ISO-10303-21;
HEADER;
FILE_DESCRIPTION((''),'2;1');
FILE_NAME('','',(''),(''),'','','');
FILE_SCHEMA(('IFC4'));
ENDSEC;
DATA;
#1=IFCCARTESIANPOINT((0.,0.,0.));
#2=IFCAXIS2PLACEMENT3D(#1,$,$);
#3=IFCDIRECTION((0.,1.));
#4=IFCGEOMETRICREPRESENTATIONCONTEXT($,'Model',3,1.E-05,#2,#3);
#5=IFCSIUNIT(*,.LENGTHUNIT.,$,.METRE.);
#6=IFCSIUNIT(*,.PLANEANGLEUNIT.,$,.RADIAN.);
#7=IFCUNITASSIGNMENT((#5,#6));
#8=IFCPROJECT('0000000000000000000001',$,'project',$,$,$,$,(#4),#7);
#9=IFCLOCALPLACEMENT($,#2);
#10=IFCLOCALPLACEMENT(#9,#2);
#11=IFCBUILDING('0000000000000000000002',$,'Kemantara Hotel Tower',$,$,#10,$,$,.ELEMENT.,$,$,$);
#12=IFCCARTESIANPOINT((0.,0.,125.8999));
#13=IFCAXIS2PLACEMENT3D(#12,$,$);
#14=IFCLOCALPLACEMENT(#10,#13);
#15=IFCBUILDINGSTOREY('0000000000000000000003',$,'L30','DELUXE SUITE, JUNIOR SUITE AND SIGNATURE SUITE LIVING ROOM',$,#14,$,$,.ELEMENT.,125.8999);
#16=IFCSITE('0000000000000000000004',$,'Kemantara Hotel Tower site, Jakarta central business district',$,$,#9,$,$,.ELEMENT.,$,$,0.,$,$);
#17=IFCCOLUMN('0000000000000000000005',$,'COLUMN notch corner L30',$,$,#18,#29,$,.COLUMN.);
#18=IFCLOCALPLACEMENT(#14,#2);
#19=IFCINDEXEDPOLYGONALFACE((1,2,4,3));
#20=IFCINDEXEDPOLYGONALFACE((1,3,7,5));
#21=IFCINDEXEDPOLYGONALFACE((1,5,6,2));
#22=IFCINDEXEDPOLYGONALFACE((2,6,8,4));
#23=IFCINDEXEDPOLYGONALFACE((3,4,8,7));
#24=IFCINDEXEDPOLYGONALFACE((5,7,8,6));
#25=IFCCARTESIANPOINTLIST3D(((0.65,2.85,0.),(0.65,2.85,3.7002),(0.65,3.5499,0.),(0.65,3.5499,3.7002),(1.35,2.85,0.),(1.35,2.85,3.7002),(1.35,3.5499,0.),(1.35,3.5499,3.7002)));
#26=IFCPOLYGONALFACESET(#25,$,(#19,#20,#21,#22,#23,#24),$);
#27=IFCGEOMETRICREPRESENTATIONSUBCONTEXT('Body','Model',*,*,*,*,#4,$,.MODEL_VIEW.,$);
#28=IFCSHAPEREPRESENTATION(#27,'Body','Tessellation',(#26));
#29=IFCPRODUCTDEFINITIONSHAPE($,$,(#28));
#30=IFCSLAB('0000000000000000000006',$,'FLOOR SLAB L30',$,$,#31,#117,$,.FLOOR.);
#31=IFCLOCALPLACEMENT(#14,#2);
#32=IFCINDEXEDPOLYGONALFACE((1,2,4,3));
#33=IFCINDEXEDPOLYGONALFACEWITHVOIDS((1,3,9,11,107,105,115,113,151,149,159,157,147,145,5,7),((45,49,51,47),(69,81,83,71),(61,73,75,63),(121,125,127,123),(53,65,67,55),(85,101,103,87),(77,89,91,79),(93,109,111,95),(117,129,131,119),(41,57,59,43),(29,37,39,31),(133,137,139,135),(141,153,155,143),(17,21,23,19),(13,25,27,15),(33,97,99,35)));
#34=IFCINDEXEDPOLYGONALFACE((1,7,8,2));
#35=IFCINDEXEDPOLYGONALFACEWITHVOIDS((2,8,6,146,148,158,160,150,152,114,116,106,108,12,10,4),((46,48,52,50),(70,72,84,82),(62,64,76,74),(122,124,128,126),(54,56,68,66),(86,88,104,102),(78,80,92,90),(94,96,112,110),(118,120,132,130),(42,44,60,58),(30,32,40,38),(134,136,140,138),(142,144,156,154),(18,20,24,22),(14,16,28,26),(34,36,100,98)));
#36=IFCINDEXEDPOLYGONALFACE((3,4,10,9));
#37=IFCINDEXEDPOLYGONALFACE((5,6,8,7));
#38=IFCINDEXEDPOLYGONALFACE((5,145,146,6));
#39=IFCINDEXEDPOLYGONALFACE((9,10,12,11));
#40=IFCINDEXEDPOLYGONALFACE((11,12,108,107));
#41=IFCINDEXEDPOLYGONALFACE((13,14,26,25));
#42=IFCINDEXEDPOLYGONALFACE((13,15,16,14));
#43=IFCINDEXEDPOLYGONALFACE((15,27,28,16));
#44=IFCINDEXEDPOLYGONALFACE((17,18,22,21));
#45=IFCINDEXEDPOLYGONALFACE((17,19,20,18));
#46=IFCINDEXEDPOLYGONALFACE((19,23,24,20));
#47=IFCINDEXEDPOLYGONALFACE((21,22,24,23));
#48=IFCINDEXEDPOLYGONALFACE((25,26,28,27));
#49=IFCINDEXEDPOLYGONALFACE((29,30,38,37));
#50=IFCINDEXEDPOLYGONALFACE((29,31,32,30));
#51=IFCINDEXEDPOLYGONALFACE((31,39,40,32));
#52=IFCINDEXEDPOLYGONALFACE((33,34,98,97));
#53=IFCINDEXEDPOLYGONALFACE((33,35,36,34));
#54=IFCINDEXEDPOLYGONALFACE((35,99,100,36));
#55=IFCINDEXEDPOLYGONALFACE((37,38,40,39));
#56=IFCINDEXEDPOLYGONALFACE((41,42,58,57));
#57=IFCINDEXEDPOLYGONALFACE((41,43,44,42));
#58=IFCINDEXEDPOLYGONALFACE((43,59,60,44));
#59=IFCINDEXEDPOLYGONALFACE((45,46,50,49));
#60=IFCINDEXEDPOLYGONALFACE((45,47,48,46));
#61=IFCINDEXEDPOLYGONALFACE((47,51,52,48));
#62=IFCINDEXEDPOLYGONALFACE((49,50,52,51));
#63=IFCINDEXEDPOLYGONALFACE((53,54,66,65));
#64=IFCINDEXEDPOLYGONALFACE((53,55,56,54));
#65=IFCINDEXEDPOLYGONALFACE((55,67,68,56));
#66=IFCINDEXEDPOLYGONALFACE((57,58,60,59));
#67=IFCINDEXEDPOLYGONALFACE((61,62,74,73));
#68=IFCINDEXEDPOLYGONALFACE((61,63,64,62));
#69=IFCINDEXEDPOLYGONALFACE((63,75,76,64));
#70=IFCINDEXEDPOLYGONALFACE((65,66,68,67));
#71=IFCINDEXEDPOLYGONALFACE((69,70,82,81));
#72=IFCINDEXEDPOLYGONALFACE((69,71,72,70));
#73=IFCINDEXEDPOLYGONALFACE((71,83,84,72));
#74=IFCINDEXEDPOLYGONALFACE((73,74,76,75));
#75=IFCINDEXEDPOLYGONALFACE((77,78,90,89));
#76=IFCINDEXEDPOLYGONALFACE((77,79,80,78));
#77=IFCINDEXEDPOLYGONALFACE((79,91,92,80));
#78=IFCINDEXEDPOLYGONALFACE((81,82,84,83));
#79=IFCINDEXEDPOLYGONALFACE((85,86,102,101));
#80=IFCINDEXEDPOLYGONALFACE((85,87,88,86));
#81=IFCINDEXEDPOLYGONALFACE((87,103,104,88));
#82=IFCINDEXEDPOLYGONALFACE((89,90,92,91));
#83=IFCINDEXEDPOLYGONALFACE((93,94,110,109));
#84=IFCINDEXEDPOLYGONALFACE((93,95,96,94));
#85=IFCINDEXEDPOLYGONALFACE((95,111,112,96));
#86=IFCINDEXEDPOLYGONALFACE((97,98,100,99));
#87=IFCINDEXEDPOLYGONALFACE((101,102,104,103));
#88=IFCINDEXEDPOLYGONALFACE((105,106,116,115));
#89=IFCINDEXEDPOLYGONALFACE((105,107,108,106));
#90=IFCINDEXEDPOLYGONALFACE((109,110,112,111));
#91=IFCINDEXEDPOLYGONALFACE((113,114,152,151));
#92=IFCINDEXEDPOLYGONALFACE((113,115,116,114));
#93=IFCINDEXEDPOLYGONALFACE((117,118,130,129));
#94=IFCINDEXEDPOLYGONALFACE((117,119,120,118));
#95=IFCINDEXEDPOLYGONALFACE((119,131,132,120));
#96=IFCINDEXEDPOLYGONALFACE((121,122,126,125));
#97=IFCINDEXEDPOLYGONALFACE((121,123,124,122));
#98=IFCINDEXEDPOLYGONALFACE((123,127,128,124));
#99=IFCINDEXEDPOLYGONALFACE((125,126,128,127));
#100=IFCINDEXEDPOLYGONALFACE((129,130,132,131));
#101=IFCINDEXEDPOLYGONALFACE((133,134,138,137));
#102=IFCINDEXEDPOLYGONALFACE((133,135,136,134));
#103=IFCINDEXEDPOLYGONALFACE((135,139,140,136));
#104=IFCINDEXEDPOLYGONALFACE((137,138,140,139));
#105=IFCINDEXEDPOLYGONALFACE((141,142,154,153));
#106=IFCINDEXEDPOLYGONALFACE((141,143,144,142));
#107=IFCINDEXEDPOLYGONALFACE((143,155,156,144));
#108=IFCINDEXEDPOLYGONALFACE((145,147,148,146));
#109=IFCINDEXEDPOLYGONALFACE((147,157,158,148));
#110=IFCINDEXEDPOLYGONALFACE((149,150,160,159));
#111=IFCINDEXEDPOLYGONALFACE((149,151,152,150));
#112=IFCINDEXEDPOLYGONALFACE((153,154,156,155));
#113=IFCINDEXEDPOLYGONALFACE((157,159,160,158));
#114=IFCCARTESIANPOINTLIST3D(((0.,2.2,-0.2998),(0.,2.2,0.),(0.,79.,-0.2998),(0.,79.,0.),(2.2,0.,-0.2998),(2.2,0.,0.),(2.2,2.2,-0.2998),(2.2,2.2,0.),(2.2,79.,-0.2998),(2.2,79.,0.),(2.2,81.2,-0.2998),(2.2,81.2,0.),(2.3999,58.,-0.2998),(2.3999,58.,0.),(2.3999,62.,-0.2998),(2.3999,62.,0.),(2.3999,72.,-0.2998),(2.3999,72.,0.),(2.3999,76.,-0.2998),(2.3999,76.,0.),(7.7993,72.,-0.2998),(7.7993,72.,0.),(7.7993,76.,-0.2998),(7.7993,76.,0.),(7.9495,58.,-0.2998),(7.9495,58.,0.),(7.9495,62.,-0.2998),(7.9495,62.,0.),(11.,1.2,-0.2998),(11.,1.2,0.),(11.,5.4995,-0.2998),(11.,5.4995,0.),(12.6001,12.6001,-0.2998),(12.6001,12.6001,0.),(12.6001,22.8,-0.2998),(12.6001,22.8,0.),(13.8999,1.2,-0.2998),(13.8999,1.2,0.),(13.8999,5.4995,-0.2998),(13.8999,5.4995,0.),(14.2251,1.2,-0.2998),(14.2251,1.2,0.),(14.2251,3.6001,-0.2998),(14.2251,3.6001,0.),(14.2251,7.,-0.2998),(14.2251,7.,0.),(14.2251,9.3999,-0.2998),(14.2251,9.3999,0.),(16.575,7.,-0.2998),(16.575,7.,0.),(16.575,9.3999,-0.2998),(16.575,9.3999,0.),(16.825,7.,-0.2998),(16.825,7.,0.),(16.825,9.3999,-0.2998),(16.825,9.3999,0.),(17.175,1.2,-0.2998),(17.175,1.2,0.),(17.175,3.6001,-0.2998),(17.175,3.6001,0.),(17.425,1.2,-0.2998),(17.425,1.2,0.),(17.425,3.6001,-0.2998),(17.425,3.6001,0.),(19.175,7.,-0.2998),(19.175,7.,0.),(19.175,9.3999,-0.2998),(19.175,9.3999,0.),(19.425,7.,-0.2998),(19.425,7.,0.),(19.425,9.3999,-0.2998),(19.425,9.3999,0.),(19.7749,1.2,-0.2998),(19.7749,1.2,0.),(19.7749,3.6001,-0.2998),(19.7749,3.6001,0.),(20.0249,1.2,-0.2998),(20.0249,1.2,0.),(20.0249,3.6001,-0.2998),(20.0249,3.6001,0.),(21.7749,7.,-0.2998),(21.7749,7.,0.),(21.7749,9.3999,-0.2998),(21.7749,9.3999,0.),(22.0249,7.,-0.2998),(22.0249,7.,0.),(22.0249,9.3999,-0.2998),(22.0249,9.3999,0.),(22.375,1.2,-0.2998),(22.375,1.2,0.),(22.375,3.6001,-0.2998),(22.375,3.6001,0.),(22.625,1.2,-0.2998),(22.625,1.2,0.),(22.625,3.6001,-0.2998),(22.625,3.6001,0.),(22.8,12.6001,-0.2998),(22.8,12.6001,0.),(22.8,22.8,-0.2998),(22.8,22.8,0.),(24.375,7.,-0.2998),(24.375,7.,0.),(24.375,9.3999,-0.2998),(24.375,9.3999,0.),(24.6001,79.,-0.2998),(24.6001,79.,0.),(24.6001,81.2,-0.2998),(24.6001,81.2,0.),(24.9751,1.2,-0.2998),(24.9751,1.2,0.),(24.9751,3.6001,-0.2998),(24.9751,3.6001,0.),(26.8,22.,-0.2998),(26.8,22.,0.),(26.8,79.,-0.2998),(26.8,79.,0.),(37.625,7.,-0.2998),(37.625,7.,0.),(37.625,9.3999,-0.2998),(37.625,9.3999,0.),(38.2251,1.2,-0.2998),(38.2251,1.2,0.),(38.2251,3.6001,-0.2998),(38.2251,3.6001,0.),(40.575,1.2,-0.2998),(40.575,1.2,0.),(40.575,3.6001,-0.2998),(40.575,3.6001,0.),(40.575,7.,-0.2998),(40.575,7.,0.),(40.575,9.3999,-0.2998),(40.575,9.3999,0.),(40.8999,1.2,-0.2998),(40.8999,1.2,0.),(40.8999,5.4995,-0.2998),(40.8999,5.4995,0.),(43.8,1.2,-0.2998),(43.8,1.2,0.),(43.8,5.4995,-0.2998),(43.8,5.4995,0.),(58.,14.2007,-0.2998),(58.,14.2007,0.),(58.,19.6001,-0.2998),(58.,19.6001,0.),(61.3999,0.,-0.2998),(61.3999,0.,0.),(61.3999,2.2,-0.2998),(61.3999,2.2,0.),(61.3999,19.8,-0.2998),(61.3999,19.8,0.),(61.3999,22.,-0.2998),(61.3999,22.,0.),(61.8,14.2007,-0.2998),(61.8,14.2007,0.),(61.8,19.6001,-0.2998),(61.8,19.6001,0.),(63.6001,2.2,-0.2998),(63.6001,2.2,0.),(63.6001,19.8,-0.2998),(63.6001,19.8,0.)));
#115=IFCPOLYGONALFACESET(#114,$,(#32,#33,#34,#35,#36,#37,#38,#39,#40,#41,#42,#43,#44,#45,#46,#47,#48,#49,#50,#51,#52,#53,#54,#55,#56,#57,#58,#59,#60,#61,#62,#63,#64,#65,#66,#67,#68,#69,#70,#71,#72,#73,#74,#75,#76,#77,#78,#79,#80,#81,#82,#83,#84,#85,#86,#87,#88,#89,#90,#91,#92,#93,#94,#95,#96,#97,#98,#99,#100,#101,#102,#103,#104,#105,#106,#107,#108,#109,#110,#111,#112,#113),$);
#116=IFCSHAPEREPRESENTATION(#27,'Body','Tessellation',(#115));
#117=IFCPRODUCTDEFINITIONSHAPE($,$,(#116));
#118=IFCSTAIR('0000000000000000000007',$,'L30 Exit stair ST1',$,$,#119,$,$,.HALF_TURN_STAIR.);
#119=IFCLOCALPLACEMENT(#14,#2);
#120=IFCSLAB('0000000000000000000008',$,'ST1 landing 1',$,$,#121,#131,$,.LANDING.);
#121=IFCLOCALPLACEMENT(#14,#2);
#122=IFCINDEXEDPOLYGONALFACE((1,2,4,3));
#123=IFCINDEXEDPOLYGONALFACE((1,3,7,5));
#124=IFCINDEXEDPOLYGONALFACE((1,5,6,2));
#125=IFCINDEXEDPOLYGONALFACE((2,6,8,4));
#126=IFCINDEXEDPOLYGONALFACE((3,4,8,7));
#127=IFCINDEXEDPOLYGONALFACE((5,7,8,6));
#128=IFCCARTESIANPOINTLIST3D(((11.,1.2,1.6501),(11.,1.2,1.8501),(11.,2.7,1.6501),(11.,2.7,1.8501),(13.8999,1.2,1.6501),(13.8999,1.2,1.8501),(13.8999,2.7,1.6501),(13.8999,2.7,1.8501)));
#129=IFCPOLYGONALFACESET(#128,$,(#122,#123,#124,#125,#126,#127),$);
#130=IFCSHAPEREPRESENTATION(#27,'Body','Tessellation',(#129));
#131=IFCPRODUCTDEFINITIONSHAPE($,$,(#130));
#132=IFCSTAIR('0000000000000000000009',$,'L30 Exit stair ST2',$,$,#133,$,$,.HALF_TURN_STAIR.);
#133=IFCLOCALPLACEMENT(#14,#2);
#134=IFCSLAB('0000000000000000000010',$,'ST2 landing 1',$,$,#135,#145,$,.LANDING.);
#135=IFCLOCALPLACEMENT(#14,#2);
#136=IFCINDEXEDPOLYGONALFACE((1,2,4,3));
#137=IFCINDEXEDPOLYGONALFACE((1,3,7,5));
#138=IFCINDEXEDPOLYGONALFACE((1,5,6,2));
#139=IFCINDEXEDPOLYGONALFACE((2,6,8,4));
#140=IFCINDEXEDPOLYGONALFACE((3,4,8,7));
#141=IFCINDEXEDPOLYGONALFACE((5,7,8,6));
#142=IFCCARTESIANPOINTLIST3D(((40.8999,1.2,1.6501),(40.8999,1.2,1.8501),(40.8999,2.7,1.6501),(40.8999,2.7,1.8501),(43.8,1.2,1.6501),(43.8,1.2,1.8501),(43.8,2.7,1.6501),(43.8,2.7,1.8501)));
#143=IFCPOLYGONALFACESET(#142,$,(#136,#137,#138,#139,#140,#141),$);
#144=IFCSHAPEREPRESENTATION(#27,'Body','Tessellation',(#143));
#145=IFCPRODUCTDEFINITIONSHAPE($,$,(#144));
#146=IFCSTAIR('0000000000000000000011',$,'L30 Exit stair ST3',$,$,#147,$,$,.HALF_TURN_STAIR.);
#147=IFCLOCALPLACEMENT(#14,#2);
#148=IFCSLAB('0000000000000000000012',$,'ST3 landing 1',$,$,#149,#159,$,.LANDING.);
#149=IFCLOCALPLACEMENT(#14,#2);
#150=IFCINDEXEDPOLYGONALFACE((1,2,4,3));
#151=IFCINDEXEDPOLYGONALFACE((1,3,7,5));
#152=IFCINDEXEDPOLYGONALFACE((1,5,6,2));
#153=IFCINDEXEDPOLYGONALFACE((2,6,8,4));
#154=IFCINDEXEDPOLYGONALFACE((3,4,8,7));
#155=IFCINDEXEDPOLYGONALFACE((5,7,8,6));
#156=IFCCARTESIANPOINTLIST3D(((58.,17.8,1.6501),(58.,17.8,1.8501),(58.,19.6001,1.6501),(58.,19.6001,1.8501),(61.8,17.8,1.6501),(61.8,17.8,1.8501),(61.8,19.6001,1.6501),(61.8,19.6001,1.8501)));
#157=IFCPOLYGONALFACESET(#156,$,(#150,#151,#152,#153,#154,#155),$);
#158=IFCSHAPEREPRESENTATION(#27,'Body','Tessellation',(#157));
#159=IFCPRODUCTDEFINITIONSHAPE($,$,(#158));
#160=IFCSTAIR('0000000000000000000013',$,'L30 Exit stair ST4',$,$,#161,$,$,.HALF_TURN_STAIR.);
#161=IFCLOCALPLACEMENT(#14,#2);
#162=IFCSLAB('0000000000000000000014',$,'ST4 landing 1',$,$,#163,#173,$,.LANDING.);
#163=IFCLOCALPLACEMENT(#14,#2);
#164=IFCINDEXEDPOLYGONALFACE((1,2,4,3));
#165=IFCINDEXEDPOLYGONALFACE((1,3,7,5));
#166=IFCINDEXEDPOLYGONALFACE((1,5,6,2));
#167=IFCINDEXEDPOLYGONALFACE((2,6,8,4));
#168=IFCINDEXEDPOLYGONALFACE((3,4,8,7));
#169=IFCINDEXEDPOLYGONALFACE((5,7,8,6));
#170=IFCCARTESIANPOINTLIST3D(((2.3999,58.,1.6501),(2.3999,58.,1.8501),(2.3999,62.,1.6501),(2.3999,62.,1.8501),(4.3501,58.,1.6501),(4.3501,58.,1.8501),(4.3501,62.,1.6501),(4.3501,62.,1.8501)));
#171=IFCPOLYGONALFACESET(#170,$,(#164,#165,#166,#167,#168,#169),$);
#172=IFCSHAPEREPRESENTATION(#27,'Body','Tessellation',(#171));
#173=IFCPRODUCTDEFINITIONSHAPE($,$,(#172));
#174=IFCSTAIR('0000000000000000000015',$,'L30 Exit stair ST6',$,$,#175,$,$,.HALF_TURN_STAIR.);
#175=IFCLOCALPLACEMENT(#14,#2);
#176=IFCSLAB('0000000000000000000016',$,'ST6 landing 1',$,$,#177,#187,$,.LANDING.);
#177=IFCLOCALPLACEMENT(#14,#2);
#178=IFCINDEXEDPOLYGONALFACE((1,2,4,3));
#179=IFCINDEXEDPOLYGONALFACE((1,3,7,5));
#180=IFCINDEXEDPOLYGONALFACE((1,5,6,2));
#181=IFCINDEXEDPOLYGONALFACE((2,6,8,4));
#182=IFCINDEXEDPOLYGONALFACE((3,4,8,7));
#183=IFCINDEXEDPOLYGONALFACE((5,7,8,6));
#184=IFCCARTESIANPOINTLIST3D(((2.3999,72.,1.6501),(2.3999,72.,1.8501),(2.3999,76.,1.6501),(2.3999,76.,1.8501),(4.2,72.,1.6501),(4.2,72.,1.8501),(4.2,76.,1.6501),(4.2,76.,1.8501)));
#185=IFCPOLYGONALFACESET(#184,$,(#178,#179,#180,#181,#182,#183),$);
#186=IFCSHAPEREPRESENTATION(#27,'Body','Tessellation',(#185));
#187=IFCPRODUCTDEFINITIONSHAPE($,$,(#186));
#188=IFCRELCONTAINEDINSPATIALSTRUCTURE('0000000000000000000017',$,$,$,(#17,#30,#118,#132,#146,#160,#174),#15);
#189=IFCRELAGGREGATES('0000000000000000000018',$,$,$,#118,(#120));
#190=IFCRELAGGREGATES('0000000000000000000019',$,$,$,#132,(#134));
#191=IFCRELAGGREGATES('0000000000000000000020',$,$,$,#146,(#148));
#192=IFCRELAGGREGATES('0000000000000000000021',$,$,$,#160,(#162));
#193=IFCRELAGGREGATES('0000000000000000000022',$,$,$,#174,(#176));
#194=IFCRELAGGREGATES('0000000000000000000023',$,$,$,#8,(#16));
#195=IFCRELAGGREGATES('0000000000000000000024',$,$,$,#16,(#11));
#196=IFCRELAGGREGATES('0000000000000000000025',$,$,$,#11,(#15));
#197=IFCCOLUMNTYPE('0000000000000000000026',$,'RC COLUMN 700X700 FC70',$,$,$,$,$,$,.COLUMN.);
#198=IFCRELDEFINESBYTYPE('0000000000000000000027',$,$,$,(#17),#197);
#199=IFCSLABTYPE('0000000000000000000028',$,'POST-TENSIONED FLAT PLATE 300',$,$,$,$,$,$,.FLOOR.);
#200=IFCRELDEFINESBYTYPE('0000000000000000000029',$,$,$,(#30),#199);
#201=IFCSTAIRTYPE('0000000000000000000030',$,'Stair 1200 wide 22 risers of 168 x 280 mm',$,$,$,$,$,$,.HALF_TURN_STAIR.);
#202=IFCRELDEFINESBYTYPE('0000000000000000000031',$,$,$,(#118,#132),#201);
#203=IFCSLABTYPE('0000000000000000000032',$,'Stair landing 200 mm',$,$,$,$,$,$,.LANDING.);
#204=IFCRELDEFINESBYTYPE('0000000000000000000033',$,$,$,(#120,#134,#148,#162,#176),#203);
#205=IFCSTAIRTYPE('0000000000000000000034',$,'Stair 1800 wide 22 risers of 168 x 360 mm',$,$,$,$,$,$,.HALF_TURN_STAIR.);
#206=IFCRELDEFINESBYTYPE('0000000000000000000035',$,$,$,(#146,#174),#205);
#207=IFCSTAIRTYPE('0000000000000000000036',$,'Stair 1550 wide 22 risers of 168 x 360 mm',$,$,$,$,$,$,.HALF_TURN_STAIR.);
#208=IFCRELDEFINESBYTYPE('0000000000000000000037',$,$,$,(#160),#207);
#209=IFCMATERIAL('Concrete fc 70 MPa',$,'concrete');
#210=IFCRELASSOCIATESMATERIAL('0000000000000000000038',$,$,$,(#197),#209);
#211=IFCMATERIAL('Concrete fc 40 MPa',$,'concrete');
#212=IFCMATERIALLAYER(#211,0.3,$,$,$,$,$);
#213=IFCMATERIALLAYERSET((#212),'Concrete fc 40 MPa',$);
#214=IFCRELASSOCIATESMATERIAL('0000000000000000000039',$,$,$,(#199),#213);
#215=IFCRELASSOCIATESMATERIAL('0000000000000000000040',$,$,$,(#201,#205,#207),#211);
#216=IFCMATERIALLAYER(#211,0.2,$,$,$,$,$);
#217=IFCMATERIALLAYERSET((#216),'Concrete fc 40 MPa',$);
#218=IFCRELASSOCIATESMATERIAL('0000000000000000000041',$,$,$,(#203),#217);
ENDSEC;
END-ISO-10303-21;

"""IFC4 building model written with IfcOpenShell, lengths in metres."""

from ifc_helpers import new_model, si_unit, direction, frame, origin, origin_2d, place, context, subcontext, project, spatial, polyline, rectangle, outline, extrude, material, layer, layer_set, material_profile, profile_set, type_object, element, aggregate, save


model = new_model("IFC4")

# Units and contexts
model_context = context("Model", 3, precision=1e-05, world=origin(), true_north=direction((0.0, 1.0)))
body_context = subcontext(model_context, "Body", "Model", "MODEL_VIEW")
ifc_project = project(units=[si_unit("LENGTHUNIT", "METRE"), si_unit("PLANEANGLEUNIT", "RADIAN")], contexts=[model_context])

# Site, building, storey
site_placement = place(None, origin())
site = spatial("IfcSite", under=ifc_project, at=site_placement, Name="Kemantara Hotel Tower site, Jakarta central business district", CompositionType="ELEMENT", RefElevation=0.0)
building_placement = place(site_placement, origin())
building = spatial("IfcBuilding", under=site, at=building_placement, Name="Kemantara Hotel Tower", CompositionType="ELEMENT")
storey_placement = place(building_placement, frame((0.0, 0.0, 125.8999)))
storey = spatial("IfcBuildingStorey", under=building, at=storey_placement, Name="L30", Description="DELUXE SUITE, JUNIOR SUITE AND SIGNATURE SUITE LIVING ROOM", CompositionType="ELEMENT", Elevation=125.8999)

# Column
ifc_material_1 = material(Name="Concrete fc 70 MPa", Category="concrete")
ifc_material_profile = material_profile(ifc_material_1, rectangle(XDim=0.7, YDim=0.7, at=origin_2d()), Name="RC 700X700")
ifc_profile_set = profile_set([ifc_material_profile], Name="Concrete fc 70 MPa")
column_type = type_object("IfcColumnType", Name="RC COLUMN 700X700 FC70", PredefinedType="COLUMN", material=ifc_profile_set)
column_placement = place(storey_placement, frame((1.0, 3.2, 0.0), z_axis=(0.0, 0.0, 1.0), x_axis=(1.0, 0.0, 0.0)))
element("IfcColumn", 1, at=column_placement, inside=storey, type_object=column_type, Name="COLUMN notch corner L30", PredefinedType="COLUMN", context=body_context, shape_type="SweptSolid", body=[
    extrude(rectangle(XDim=0.7, YDim=0.7, at=origin_2d()), origin(), (0.0, 0.0, 1.0), 3.7002),
])

# Slab
ifc_material_2 = material(Name="Concrete fc 40 MPa", Category="concrete")
ifc_layer_1 = layer(ifc_material_2, 0.3)
ifc_layer_set_1 = layer_set([ifc_layer_1], Name="Concrete fc 40 MPa")
slab_type_1 = type_object("IfcSlabType", Name="POST-TENSIONED FLAT PLATE 300", PredefinedType="FLOOR", material=ifc_layer_set_1)
slab_1_placement = place(storey_placement, frame((0.0, 0.0, -0.2998)))
element("IfcSlab", 2, at=slab_1_placement, inside=storey, type_object=slab_type_1, Name="FLOOR SLAB L30", PredefinedType="FLOOR", context=body_context, shape_type="SweptSolid", body=[
    extrude(outline(polyline([(26.8, 79.0), (24.6001, 79.0), (24.6001, 81.2), (2.2, 81.2), (2.2, 79.0), (0.0, 79.0), (0.0, 2.2), (2.2, 2.2), (2.2, 0.0), (61.3999, 0.0), (61.3999, 2.2), (63.6001, 2.2), (63.6001, 19.8), (61.3999, 19.8), (61.3999, 22.0), (26.8, 22.0), (26.8, 79.0)]), holes=[polyline([(17.175, 1.2), (14.2251, 1.2), (14.2251, 3.6001), (17.175, 3.6001), (17.175, 1.2)]), polyline([(19.7749, 1.2), (17.425, 1.2), (17.425, 3.6001), (19.7749, 3.6001), (19.7749, 1.2)]), polyline([(11.0, 1.2), (11.0, 5.4995), (13.8999, 5.4995), (13.8999, 1.2), (11.0, 1.2)]), polyline([(16.575, 7.0), (14.2251, 7.0), (14.2251, 9.3999), (16.575, 9.3999), (16.575, 7.0)]), polyline([(19.175, 7.0), (16.825, 7.0), (16.825, 9.3999), (19.175, 9.3999), (19.175, 7.0)]), polyline([(22.8, 12.6001), (12.6001, 12.6001), (12.6001, 22.8), (22.8, 22.8), (22.8, 12.6001)]), polyline([(2.3999, 62.0), (7.9495, 62.0), (7.9495, 58.0), (2.3999, 58.0), (2.3999, 62.0)]), polyline([(2.3999, 76.0), (7.7993, 76.0), (7.7993, 72.0), (2.3999, 72.0), (2.3999, 76.0)]), polyline([(22.375, 1.2), (20.0249, 1.2), (20.0249, 3.6001), (22.375, 3.6001), (22.375, 1.2)]), polyline([(24.9751, 1.2), (22.625, 1.2), (22.625, 3.6001), (24.9751, 3.6001), (24.9751, 1.2)]), polyline([(40.575, 1.2), (38.2251, 1.2), (38.2251, 3.6001), (40.575, 3.6001), (40.575, 1.2)]), polyline([(40.8999, 1.2), (40.8999, 5.4995), (43.8, 5.4995), (43.8, 1.2), (40.8999, 1.2)]), polyline([(21.7749, 7.0), (19.425, 7.0), (19.425, 9.3999), (21.7749, 9.3999), (21.7749, 7.0)]), polyline([(24.375, 7.0), (22.0249, 7.0), (22.0249, 9.3999), (24.375, 9.3999), (24.375, 7.0)]), polyline([(40.575, 7.0), (37.625, 7.0), (37.625, 9.3999), (40.575, 9.3999), (40.575, 7.0)]), polyline([(61.8, 19.6001), (61.8, 14.2007), (58.0, 14.2007), (58.0, 19.6001), (61.8, 19.6001)])]), origin(), (0.0, 0.0, 1.0), 0.2998),
])

# Stairs, slabs
stair_type_1 = type_object("IfcStairType", Name="Stair 1200 wide 22 risers of 168 x 280 mm", PredefinedType="HALF_TURN_STAIR", material=ifc_material_2)
stair_1_placement = place(storey_placement, origin())
stair_1 = element("IfcStair", 3, at=stair_1_placement, inside=storey, type_object=stair_type_1, Name="L30 Exit stair ST1", PredefinedType="HALF_TURN_STAIR")
ifc_layer_2 = layer(ifc_material_2, 0.2)
ifc_layer_set_2 = layer_set([ifc_layer_2], Name="Concrete fc 40 MPa")
slab_type_2 = type_object("IfcSlabType", Name="Stair landing 200 mm", PredefinedType="LANDING", material=ifc_layer_set_2)
slab_2_placement = place(storey_placement, frame((0.0, 0.0, 1.6501)))
slab_2 = element("IfcSlab", 4, at=slab_2_placement, type_object=slab_type_2, Name="ST1 landing 1", PredefinedType="LANDING", context=body_context, shape_type="SweptSolid", body=[
    extrude(outline(polyline([(11.0, 2.7), (11.0, 1.2), (13.8999, 1.2), (13.8999, 2.7), (11.0, 2.7)])), origin(), (0.0, 0.0, 1.0), 0.2),
])
aggregate(stair_1, [slab_2])
stair_2_placement = place(storey_placement, origin())
stair_2 = element("IfcStair", 5, at=stair_2_placement, inside=storey, type_object=stair_type_1, Name="L30 Exit stair ST2", PredefinedType="HALF_TURN_STAIR")
slab_3_placement = place(storey_placement, frame((0.0, 0.0, 1.6501)))
slab_3 = element("IfcSlab", 6, at=slab_3_placement, type_object=slab_type_2, Name="ST2 landing 1", PredefinedType="LANDING", context=body_context, shape_type="SweptSolid", body=[
    extrude(outline(polyline([(40.8999, 2.7), (40.8999, 1.2), (43.8, 1.2), (43.8, 2.7), (40.8999, 2.7)])), origin(), (0.0, 0.0, 1.0), 0.2),
])
aggregate(stair_2, [slab_3])
stair_type_2 = type_object("IfcStairType", Name="Stair 1800 wide 22 risers of 168 x 360 mm", PredefinedType="HALF_TURN_STAIR", material=ifc_material_2)
stair_3_placement = place(storey_placement, origin())
stair_3 = element("IfcStair", 7, at=stair_3_placement, inside=storey, type_object=stair_type_2, Name="L30 Exit stair ST3", PredefinedType="HALF_TURN_STAIR")
slab_4_placement = place(storey_placement, frame((0.0, 0.0, 1.6501)))
slab_4 = element("IfcSlab", 8, at=slab_4_placement, type_object=slab_type_2, Name="ST3 landing 1", PredefinedType="LANDING", context=body_context, shape_type="SweptSolid", body=[
    extrude(outline(polyline([(61.8, 17.8), (61.8, 19.6001), (58.0, 19.6001), (58.0, 17.8), (61.8, 17.8)])), origin(), (0.0, 0.0, 1.0), 0.2),
])
aggregate(stair_3, [slab_4])
stair_type_3 = type_object("IfcStairType", Name="Stair 1550 wide 22 risers of 168 x 360 mm", PredefinedType="HALF_TURN_STAIR", material=ifc_material_2)
stair_4_placement = place(storey_placement, origin())
stair_4 = element("IfcStair", 9, at=stair_4_placement, inside=storey, type_object=stair_type_3, Name="L30 Exit stair ST4", PredefinedType="HALF_TURN_STAIR")
slab_5_placement = place(storey_placement, frame((0.0, 0.0, 1.6501)))
slab_5 = element("IfcSlab", 10, at=slab_5_placement, type_object=slab_type_2, Name="ST4 landing 1", PredefinedType="LANDING", context=body_context, shape_type="SweptSolid", body=[
    extrude(outline(polyline([(4.3501, 62.0), (2.3999, 62.0), (2.3999, 58.0), (4.3501, 58.0), (4.3501, 62.0)])), origin(), (0.0, 0.0, 1.0), 0.2),
])
aggregate(stair_4, [slab_5])
stair_5_placement = place(storey_placement, origin())
stair_5 = element("IfcStair", 11, at=stair_5_placement, inside=storey, type_object=stair_type_2, Name="L30 Exit stair ST6", PredefinedType="HALF_TURN_STAIR")
slab_6_placement = place(storey_placement, frame((0.0, 0.0, 1.6501)))
slab_6 = element("IfcSlab", 12, at=slab_6_placement, type_object=slab_type_2, Name="ST6 landing 1", PredefinedType="LANDING", context=body_context, shape_type="SweptSolid", body=[
    extrude(outline(polyline([(4.2, 76.0), (2.3999, 76.0), (2.3999, 72.0), (4.2, 72.0), (4.2, 76.0)])), origin(), (0.0, 0.0, 1.0), 0.2),
])
aggregate(stair_5, [slab_6])

save(model, "model.ifc")
